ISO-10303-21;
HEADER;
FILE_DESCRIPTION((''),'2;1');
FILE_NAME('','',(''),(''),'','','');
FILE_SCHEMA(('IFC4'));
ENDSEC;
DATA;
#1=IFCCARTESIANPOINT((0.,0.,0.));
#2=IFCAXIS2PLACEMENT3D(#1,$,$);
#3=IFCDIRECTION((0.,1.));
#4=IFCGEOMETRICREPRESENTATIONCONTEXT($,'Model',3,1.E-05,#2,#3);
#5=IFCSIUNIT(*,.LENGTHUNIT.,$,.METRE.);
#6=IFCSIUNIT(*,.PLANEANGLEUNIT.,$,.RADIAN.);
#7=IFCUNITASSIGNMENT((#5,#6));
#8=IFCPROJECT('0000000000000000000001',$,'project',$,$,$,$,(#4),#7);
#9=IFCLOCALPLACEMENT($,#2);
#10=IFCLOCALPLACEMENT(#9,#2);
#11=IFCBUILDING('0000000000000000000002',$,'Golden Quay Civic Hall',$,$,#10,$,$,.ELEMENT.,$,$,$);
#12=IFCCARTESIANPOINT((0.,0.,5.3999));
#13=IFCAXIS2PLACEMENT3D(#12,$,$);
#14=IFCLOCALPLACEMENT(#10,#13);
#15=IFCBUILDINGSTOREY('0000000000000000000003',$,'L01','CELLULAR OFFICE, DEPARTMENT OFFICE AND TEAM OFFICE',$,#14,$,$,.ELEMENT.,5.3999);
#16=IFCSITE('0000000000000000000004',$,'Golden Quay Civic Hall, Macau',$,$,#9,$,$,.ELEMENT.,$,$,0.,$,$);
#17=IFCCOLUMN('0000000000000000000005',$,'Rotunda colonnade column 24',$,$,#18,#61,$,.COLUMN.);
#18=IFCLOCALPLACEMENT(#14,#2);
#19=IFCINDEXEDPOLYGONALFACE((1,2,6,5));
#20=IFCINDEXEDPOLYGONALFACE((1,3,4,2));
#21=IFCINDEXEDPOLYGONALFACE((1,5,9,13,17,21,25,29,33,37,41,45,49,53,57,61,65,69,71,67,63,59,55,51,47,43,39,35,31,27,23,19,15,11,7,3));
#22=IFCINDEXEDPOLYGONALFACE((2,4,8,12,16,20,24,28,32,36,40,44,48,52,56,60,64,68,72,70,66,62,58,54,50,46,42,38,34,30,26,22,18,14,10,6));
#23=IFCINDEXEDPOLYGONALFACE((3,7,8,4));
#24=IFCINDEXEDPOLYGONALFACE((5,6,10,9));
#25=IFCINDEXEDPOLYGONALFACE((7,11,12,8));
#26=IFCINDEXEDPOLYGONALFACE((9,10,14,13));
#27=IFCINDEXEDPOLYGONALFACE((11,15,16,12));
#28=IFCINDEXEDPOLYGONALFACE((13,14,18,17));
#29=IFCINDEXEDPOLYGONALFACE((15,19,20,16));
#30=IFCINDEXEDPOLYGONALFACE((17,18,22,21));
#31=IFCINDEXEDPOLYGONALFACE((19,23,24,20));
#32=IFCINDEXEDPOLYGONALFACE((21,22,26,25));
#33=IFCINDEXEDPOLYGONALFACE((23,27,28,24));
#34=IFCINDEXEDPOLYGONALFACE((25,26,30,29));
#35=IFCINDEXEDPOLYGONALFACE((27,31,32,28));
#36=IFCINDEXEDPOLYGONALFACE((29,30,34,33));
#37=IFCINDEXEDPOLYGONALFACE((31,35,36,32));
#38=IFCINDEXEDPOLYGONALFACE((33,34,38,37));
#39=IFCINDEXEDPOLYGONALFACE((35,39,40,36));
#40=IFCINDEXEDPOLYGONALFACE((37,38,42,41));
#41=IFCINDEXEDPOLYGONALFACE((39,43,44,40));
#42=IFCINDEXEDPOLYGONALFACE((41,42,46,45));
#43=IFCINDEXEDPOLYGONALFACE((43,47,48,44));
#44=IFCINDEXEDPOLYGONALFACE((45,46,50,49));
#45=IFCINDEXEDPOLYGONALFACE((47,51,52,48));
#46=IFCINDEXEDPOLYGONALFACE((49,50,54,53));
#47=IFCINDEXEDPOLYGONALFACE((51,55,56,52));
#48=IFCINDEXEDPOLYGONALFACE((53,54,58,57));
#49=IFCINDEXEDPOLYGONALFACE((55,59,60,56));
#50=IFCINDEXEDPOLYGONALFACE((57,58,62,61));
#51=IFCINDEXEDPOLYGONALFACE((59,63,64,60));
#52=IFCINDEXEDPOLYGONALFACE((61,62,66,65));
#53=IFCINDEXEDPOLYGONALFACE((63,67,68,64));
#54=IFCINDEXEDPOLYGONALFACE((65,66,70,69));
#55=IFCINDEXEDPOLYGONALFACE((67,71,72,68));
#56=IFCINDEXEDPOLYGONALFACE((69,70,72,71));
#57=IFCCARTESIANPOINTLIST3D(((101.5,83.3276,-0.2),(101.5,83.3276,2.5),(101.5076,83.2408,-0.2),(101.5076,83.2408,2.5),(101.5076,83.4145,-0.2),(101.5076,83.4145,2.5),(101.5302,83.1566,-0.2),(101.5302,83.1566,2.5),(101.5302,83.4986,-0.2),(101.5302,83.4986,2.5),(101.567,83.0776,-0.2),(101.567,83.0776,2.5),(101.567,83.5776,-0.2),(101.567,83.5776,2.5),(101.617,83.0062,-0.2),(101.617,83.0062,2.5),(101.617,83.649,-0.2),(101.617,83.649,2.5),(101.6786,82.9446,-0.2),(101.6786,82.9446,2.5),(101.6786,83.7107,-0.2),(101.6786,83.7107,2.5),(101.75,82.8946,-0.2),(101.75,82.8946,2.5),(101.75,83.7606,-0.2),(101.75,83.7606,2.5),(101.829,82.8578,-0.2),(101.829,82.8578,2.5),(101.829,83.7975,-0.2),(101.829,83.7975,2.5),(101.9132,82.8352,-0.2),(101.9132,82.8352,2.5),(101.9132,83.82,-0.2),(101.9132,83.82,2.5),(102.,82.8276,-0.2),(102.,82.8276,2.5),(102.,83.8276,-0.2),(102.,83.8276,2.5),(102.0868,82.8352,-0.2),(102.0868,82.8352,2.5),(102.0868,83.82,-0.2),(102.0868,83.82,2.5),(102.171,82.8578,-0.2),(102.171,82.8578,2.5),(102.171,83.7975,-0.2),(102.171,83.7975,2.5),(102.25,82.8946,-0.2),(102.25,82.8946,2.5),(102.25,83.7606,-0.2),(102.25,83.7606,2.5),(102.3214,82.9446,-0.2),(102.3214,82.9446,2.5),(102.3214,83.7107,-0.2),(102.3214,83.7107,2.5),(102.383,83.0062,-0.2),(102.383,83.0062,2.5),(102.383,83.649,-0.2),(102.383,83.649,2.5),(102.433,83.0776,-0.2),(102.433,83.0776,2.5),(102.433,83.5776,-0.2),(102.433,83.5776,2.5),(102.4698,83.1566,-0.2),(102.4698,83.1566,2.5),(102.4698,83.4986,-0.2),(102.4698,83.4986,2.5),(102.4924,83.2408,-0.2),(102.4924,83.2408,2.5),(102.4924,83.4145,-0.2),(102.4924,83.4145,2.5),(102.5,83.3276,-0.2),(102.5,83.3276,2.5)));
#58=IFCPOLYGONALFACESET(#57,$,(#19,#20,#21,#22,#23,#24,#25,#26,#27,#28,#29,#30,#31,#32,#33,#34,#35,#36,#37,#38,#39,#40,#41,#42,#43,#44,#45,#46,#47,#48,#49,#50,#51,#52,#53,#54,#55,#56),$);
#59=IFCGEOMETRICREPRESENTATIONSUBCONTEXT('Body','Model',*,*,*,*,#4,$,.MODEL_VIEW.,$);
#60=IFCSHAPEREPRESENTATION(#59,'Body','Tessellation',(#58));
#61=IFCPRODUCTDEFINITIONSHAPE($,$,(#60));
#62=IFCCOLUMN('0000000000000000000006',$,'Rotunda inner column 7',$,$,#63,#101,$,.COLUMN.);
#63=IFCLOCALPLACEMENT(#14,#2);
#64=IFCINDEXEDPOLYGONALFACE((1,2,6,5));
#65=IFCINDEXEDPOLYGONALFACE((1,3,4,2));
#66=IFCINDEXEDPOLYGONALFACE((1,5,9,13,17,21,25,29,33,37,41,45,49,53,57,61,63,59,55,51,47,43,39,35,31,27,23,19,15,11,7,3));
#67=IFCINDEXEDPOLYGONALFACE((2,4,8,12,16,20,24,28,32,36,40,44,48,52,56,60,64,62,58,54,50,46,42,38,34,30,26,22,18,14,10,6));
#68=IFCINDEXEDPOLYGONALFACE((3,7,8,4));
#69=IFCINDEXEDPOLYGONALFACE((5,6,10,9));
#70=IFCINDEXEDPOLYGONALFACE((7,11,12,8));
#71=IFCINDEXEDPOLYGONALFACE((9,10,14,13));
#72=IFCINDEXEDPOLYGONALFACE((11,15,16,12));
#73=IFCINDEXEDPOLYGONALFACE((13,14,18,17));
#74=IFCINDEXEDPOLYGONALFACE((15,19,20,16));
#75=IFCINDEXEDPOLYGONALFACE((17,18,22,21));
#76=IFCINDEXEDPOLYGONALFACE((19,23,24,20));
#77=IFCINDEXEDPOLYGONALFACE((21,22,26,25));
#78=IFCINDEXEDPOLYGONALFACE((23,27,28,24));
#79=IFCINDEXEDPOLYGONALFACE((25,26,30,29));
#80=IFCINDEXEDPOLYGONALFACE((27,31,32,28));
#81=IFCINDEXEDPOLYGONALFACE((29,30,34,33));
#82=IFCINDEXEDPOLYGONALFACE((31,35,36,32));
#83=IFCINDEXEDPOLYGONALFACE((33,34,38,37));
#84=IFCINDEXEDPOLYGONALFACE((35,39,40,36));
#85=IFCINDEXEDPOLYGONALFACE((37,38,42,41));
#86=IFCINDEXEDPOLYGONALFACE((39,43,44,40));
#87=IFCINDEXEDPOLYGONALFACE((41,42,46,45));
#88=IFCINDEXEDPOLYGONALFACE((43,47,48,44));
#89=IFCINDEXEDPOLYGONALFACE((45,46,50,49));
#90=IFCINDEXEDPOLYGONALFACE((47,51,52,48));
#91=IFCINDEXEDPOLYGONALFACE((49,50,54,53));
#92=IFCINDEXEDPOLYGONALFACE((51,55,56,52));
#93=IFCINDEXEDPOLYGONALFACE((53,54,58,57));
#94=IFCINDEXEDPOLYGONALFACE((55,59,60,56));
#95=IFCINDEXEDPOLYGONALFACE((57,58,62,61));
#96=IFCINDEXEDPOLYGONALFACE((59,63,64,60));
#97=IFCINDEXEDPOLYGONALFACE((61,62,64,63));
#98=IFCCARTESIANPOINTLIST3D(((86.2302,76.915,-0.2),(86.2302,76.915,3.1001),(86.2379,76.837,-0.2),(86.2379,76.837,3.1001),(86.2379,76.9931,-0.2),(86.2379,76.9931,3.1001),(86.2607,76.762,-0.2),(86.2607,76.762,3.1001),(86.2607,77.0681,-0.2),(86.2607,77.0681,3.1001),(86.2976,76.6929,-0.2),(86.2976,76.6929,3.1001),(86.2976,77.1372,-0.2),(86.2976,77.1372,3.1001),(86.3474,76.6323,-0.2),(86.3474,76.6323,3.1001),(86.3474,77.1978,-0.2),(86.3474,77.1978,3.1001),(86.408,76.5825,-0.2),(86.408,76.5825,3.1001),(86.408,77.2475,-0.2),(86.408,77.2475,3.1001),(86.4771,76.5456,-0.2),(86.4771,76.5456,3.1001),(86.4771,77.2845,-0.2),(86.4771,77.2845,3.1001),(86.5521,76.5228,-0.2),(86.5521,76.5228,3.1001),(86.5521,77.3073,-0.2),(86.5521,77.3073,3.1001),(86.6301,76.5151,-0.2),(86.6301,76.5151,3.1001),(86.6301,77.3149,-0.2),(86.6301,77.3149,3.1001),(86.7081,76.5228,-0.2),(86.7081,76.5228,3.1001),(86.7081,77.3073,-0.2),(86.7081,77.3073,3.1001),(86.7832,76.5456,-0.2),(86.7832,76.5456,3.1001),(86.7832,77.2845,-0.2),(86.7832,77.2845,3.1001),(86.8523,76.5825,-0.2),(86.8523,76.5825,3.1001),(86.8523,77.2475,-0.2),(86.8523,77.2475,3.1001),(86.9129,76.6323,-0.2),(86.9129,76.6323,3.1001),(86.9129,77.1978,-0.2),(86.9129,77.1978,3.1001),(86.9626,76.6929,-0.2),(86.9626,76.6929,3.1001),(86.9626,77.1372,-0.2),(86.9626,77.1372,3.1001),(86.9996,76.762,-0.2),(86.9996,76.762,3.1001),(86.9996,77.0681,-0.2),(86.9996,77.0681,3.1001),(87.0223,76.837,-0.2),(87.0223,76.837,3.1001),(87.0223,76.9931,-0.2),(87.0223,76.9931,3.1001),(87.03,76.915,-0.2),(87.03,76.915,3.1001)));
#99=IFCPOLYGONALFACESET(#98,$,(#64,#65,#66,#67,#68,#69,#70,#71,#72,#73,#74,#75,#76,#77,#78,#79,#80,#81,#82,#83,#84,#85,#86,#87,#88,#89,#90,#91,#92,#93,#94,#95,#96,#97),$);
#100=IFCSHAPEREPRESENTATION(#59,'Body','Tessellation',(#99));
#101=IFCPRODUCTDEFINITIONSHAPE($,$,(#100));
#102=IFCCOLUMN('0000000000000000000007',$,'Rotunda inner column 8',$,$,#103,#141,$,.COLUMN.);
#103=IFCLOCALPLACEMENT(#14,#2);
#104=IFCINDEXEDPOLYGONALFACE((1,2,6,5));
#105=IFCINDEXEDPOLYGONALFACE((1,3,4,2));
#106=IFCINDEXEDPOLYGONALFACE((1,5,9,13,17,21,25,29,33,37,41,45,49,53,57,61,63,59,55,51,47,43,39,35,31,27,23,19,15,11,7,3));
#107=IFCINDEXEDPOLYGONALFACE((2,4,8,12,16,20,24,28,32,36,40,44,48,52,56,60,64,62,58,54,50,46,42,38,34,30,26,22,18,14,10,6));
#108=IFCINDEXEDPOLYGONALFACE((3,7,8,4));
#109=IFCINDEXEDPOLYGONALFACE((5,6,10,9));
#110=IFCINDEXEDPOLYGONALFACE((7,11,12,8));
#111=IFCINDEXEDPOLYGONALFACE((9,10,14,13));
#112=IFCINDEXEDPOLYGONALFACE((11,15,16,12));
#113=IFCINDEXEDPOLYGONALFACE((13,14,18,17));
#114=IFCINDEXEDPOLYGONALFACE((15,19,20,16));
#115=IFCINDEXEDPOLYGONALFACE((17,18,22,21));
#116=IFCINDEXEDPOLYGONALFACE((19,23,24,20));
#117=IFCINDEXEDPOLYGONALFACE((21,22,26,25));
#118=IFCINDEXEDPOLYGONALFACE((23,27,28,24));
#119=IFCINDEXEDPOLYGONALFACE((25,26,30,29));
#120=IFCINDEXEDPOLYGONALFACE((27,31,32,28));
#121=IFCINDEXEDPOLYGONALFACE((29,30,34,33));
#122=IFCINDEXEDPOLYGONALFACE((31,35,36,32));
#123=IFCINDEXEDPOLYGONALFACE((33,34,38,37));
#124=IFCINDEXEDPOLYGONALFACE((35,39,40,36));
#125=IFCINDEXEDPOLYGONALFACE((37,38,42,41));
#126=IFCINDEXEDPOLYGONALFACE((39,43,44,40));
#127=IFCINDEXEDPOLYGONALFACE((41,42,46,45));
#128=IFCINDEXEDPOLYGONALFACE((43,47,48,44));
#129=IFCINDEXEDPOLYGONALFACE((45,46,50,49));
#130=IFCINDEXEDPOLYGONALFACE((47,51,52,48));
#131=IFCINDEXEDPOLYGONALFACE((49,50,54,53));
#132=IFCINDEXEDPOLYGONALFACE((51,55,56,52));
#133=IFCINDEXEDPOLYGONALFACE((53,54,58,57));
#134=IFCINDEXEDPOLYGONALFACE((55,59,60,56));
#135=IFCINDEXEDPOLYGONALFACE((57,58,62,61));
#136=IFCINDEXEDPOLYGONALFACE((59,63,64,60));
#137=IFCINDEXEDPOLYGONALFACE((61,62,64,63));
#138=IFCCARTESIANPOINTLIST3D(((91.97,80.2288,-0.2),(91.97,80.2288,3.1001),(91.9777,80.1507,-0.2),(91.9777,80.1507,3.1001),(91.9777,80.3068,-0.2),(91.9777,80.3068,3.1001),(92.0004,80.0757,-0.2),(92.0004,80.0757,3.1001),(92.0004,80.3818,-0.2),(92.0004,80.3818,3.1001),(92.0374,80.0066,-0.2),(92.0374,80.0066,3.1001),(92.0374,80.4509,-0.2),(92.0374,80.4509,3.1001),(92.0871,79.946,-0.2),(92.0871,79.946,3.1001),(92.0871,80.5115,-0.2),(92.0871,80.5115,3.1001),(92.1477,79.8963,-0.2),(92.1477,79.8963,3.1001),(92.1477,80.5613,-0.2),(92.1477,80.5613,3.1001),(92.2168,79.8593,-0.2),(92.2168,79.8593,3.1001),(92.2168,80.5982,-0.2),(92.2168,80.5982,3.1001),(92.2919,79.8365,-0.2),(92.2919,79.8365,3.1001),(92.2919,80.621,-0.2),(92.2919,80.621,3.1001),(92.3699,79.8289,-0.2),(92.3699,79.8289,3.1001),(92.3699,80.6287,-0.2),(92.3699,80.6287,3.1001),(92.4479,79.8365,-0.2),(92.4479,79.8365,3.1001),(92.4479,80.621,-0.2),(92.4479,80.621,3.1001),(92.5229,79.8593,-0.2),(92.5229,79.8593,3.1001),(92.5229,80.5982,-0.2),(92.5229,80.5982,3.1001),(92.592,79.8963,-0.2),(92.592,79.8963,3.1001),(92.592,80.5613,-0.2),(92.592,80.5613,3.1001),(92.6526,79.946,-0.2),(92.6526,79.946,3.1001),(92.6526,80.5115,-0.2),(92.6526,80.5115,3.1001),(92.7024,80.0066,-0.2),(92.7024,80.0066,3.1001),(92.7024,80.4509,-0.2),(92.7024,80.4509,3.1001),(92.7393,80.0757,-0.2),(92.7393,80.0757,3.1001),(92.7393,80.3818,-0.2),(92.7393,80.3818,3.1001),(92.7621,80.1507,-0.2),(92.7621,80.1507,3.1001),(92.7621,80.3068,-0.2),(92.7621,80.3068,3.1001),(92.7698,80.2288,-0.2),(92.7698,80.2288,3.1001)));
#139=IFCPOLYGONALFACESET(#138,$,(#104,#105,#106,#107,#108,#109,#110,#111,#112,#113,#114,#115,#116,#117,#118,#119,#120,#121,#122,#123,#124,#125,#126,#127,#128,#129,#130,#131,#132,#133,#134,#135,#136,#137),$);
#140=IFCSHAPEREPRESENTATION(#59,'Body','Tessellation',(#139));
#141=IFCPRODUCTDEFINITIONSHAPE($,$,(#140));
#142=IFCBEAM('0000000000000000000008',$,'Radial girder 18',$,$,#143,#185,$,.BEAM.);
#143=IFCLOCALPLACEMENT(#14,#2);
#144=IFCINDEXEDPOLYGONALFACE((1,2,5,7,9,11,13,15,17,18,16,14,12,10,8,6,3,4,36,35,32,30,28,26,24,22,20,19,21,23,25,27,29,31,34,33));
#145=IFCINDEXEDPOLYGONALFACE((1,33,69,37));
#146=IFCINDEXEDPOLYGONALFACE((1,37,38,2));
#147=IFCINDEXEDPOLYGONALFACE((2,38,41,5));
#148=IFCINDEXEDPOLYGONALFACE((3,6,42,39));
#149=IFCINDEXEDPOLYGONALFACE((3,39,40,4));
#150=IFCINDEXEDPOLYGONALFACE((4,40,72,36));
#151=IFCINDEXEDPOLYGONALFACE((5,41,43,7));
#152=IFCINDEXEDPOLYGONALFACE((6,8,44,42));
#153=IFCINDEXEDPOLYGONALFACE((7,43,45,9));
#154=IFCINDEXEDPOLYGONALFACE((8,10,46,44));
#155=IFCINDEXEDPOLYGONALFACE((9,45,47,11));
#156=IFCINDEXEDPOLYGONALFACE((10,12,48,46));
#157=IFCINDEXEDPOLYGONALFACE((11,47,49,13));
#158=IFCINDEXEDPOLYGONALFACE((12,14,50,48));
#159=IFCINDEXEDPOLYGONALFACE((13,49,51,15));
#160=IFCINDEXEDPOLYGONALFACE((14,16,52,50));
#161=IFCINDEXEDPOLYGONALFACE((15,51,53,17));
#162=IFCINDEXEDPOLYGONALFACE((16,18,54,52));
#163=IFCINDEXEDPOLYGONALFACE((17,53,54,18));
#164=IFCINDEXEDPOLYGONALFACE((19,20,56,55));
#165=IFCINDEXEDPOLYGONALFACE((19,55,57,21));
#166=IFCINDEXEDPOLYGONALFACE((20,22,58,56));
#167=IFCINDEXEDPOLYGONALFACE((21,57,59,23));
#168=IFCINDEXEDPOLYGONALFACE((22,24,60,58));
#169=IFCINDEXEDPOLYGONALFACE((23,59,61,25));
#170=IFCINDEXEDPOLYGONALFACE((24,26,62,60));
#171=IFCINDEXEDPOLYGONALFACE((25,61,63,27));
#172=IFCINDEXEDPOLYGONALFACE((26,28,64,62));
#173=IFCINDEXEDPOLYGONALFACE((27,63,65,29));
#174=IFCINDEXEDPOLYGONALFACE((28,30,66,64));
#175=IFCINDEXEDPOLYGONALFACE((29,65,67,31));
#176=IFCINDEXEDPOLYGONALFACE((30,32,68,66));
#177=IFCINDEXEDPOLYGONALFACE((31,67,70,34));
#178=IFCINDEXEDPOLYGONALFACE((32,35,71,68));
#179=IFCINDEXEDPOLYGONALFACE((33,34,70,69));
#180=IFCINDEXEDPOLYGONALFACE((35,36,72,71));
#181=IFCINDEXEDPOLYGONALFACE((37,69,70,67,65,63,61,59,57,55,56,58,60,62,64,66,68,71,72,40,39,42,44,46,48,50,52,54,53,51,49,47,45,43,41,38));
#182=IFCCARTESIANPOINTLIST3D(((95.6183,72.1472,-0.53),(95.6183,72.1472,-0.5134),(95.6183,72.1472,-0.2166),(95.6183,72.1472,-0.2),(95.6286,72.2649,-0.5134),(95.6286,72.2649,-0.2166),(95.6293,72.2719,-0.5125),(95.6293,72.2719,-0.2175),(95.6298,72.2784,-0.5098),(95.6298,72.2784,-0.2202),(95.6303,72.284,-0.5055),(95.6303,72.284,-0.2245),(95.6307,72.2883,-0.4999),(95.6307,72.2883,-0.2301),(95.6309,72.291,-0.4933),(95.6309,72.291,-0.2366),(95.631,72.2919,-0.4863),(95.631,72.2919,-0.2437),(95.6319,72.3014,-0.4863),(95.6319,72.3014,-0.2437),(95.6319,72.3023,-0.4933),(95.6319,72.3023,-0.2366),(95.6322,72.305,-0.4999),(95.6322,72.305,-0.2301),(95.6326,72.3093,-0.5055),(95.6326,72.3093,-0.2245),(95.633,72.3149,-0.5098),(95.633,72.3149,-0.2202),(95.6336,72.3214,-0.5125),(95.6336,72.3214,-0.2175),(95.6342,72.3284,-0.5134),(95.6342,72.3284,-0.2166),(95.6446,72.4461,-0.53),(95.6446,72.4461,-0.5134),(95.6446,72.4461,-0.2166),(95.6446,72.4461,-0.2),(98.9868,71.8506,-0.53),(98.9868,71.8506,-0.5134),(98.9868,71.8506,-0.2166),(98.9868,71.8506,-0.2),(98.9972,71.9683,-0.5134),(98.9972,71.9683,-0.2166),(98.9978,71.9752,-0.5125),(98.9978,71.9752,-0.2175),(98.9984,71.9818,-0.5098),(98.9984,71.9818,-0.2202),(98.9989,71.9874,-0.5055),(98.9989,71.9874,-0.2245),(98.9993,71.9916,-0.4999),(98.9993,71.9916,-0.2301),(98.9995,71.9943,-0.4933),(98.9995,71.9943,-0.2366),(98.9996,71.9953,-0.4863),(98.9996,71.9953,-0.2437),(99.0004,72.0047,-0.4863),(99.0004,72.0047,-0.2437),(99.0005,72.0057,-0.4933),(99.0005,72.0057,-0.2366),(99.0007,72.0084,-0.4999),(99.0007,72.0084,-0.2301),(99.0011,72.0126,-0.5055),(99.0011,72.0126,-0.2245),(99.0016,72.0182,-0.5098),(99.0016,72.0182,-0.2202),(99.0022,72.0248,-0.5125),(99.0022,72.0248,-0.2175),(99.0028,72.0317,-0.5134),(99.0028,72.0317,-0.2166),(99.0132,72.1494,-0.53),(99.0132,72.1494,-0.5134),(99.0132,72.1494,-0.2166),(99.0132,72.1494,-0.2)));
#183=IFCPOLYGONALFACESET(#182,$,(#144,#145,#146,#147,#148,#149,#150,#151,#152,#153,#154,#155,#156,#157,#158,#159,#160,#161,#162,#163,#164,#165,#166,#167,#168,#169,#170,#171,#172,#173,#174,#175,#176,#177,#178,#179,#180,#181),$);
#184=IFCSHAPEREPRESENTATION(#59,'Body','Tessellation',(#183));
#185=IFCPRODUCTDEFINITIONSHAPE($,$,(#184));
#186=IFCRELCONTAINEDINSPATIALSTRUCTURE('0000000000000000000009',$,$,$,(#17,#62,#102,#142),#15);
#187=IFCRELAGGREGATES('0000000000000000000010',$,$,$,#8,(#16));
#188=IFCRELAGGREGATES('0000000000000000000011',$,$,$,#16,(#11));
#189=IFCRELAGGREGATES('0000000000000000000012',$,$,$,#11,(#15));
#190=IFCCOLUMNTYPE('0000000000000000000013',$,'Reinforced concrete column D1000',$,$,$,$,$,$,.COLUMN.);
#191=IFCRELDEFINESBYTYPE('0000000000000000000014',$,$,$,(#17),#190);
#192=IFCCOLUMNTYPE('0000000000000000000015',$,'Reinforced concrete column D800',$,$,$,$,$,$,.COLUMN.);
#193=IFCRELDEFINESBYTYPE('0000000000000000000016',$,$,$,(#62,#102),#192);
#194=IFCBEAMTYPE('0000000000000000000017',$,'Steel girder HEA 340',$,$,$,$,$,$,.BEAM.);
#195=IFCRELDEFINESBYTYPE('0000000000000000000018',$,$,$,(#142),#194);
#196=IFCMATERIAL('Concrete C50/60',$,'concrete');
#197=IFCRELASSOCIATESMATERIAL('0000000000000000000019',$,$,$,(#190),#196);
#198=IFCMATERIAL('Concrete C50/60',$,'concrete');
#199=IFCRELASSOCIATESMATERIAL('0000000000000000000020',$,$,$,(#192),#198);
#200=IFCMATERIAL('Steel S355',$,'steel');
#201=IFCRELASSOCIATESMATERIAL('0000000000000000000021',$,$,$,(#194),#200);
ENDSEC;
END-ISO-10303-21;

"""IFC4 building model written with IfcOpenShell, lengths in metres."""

from ifc_helpers import new_model, si_unit, direction, frame, origin, origin_2d, place, context, subcontext, project, spatial, circle, i_section, extrude, material, material_profile, profile_set, type_object, element, save


model = new_model("IFC4")

# Units and contexts
model_context = context("Model", 3, precision=1e-05, world=origin(), true_north=direction((0.0, 1.0)))
body_context = subcontext(model_context, "Body", "Model", "MODEL_VIEW")
ifc_project = project(units=[si_unit("LENGTHUNIT", "METRE"), si_unit("PLANEANGLEUNIT", "RADIAN")], contexts=[model_context])

# Site, building, storey
site_placement = place(None, origin())
site = spatial("IfcSite", under=ifc_project, at=site_placement, Name="Golden Quay Civic Hall, Macau", CompositionType="ELEMENT", RefElevation=0.0)
building_placement = place(site_placement, origin())
building = spatial("IfcBuilding", under=site, at=building_placement, Name="Golden Quay Civic Hall", CompositionType="ELEMENT")
storey_placement = place(building_placement, frame((0.0, 0.0, 5.3999)))
storey = spatial("IfcBuildingStorey", under=building, at=storey_placement, Name="L01", Description="CELLULAR OFFICE, DEPARTMENT OFFICE AND TEAM OFFICE", CompositionType="ELEMENT", Elevation=5.3999)

# Columns
ifc_material_1 = material(Name="Concrete C50/60", Category="concrete")
ifc_material_profile_1 = material_profile(ifc_material_1, circle(Radius=0.5, at=origin_2d()), Name="RC D1000")
ifc_profile_set_1 = profile_set([ifc_material_profile_1], Name="Concrete C50/60")
column_type_1 = type_object("IfcColumnType", Name="Reinforced concrete column D1000", PredefinedType="COLUMN", material=ifc_profile_set_1)
for number, where, z_axis, x_axis, name in (
    (1, (102.0, 83.3276, -0.2), (0.0, 0.0, 1.0), (1.0, 0.0, 0.0), "Rotunda colonnade column 24"),
):
    element("IfcColumn", number, at=place(storey_placement, frame(where, z_axis=z_axis, x_axis=x_axis)), inside=storey, type_object=column_type_1, Name=name, PredefinedType="COLUMN", context=body_context, shape_type="SweptSolid", body=[
        extrude(circle(Radius=0.5, at=origin_2d()), origin(), (0.0, 0.0, 1.0), 2.7),
    ])
ifc_material_2 = material(Name="Concrete C50/60", Category="concrete")
ifc_material_profile_2 = material_profile(ifc_material_2, circle(Radius=0.3999, at=origin_2d()), Name="RC D800")
ifc_profile_set_2 = profile_set([ifc_material_profile_2], Name="Concrete C50/60")
column_type_2 = type_object("IfcColumnType", Name="Reinforced concrete column D800", PredefinedType="COLUMN", material=ifc_profile_set_2)
for number, where, z_axis, x_axis, name in (
    (2, (86.6301, 76.915, -0.2), (0.0, 0.0, 1.0), (1.0, 0.0, 0.0), "Rotunda inner column 7"),
    (3, (92.3699, 80.2288, -0.2), (0.0, 0.0, 1.0), (1.0, 0.0, 0.0), "Rotunda inner column 8"),
):
    element("IfcColumn", number, at=place(storey_placement, frame(where, z_axis=z_axis, x_axis=x_axis)), inside=storey, type_object=column_type_2, Name=name, PredefinedType="COLUMN", context=body_context, shape_type="SweptSolid", body=[
        extrude(circle(Radius=0.3999, at=origin_2d()), origin(), (0.0, 0.0, 1.0), 3.3),
    ])

# Beam
ifc_material_3 = material(Name="Steel S355", Category="steel")
ifc_material_profile_3 = material_profile(ifc_material_3, i_section(OverallWidth=0.3, OverallDepth=0.3301, WebThickness=0.0095, FlangeThickness=0.0166, FilletRadius=0.0271, at=origin_2d()), Name="HEA 340")
ifc_profile_set_3 = profile_set([ifc_material_profile_3], Name="Steel S355")
beam_type_1 = type_object("IfcBeamType", Name="Steel girder HEA 340", PredefinedType="BEAM", material=ifc_profile_set_3)
beam_1_placement = place(storey_placement, frame((99.0, 72.0, -0.365), z_axis=(-0.996145, 0.087717, 0.0), x_axis=(-0.087717, -0.996145, 0.0)))
element("IfcBeam", 4, at=beam_1_placement, inside=storey, type_object=beam_type_1, Name="Radial girder 18", PredefinedType="BEAM", context=body_context, shape_type="SweptSolid", body=[
    extrude(i_section(OverallWidth=0.3, OverallDepth=0.3301, WebThickness=0.0095, FlangeThickness=0.0166, FilletRadius=0.0271, at=origin_2d()), origin(), (0.0, 0.0, 1.0), 3.3816),
])

save(model, "model.ifc")
